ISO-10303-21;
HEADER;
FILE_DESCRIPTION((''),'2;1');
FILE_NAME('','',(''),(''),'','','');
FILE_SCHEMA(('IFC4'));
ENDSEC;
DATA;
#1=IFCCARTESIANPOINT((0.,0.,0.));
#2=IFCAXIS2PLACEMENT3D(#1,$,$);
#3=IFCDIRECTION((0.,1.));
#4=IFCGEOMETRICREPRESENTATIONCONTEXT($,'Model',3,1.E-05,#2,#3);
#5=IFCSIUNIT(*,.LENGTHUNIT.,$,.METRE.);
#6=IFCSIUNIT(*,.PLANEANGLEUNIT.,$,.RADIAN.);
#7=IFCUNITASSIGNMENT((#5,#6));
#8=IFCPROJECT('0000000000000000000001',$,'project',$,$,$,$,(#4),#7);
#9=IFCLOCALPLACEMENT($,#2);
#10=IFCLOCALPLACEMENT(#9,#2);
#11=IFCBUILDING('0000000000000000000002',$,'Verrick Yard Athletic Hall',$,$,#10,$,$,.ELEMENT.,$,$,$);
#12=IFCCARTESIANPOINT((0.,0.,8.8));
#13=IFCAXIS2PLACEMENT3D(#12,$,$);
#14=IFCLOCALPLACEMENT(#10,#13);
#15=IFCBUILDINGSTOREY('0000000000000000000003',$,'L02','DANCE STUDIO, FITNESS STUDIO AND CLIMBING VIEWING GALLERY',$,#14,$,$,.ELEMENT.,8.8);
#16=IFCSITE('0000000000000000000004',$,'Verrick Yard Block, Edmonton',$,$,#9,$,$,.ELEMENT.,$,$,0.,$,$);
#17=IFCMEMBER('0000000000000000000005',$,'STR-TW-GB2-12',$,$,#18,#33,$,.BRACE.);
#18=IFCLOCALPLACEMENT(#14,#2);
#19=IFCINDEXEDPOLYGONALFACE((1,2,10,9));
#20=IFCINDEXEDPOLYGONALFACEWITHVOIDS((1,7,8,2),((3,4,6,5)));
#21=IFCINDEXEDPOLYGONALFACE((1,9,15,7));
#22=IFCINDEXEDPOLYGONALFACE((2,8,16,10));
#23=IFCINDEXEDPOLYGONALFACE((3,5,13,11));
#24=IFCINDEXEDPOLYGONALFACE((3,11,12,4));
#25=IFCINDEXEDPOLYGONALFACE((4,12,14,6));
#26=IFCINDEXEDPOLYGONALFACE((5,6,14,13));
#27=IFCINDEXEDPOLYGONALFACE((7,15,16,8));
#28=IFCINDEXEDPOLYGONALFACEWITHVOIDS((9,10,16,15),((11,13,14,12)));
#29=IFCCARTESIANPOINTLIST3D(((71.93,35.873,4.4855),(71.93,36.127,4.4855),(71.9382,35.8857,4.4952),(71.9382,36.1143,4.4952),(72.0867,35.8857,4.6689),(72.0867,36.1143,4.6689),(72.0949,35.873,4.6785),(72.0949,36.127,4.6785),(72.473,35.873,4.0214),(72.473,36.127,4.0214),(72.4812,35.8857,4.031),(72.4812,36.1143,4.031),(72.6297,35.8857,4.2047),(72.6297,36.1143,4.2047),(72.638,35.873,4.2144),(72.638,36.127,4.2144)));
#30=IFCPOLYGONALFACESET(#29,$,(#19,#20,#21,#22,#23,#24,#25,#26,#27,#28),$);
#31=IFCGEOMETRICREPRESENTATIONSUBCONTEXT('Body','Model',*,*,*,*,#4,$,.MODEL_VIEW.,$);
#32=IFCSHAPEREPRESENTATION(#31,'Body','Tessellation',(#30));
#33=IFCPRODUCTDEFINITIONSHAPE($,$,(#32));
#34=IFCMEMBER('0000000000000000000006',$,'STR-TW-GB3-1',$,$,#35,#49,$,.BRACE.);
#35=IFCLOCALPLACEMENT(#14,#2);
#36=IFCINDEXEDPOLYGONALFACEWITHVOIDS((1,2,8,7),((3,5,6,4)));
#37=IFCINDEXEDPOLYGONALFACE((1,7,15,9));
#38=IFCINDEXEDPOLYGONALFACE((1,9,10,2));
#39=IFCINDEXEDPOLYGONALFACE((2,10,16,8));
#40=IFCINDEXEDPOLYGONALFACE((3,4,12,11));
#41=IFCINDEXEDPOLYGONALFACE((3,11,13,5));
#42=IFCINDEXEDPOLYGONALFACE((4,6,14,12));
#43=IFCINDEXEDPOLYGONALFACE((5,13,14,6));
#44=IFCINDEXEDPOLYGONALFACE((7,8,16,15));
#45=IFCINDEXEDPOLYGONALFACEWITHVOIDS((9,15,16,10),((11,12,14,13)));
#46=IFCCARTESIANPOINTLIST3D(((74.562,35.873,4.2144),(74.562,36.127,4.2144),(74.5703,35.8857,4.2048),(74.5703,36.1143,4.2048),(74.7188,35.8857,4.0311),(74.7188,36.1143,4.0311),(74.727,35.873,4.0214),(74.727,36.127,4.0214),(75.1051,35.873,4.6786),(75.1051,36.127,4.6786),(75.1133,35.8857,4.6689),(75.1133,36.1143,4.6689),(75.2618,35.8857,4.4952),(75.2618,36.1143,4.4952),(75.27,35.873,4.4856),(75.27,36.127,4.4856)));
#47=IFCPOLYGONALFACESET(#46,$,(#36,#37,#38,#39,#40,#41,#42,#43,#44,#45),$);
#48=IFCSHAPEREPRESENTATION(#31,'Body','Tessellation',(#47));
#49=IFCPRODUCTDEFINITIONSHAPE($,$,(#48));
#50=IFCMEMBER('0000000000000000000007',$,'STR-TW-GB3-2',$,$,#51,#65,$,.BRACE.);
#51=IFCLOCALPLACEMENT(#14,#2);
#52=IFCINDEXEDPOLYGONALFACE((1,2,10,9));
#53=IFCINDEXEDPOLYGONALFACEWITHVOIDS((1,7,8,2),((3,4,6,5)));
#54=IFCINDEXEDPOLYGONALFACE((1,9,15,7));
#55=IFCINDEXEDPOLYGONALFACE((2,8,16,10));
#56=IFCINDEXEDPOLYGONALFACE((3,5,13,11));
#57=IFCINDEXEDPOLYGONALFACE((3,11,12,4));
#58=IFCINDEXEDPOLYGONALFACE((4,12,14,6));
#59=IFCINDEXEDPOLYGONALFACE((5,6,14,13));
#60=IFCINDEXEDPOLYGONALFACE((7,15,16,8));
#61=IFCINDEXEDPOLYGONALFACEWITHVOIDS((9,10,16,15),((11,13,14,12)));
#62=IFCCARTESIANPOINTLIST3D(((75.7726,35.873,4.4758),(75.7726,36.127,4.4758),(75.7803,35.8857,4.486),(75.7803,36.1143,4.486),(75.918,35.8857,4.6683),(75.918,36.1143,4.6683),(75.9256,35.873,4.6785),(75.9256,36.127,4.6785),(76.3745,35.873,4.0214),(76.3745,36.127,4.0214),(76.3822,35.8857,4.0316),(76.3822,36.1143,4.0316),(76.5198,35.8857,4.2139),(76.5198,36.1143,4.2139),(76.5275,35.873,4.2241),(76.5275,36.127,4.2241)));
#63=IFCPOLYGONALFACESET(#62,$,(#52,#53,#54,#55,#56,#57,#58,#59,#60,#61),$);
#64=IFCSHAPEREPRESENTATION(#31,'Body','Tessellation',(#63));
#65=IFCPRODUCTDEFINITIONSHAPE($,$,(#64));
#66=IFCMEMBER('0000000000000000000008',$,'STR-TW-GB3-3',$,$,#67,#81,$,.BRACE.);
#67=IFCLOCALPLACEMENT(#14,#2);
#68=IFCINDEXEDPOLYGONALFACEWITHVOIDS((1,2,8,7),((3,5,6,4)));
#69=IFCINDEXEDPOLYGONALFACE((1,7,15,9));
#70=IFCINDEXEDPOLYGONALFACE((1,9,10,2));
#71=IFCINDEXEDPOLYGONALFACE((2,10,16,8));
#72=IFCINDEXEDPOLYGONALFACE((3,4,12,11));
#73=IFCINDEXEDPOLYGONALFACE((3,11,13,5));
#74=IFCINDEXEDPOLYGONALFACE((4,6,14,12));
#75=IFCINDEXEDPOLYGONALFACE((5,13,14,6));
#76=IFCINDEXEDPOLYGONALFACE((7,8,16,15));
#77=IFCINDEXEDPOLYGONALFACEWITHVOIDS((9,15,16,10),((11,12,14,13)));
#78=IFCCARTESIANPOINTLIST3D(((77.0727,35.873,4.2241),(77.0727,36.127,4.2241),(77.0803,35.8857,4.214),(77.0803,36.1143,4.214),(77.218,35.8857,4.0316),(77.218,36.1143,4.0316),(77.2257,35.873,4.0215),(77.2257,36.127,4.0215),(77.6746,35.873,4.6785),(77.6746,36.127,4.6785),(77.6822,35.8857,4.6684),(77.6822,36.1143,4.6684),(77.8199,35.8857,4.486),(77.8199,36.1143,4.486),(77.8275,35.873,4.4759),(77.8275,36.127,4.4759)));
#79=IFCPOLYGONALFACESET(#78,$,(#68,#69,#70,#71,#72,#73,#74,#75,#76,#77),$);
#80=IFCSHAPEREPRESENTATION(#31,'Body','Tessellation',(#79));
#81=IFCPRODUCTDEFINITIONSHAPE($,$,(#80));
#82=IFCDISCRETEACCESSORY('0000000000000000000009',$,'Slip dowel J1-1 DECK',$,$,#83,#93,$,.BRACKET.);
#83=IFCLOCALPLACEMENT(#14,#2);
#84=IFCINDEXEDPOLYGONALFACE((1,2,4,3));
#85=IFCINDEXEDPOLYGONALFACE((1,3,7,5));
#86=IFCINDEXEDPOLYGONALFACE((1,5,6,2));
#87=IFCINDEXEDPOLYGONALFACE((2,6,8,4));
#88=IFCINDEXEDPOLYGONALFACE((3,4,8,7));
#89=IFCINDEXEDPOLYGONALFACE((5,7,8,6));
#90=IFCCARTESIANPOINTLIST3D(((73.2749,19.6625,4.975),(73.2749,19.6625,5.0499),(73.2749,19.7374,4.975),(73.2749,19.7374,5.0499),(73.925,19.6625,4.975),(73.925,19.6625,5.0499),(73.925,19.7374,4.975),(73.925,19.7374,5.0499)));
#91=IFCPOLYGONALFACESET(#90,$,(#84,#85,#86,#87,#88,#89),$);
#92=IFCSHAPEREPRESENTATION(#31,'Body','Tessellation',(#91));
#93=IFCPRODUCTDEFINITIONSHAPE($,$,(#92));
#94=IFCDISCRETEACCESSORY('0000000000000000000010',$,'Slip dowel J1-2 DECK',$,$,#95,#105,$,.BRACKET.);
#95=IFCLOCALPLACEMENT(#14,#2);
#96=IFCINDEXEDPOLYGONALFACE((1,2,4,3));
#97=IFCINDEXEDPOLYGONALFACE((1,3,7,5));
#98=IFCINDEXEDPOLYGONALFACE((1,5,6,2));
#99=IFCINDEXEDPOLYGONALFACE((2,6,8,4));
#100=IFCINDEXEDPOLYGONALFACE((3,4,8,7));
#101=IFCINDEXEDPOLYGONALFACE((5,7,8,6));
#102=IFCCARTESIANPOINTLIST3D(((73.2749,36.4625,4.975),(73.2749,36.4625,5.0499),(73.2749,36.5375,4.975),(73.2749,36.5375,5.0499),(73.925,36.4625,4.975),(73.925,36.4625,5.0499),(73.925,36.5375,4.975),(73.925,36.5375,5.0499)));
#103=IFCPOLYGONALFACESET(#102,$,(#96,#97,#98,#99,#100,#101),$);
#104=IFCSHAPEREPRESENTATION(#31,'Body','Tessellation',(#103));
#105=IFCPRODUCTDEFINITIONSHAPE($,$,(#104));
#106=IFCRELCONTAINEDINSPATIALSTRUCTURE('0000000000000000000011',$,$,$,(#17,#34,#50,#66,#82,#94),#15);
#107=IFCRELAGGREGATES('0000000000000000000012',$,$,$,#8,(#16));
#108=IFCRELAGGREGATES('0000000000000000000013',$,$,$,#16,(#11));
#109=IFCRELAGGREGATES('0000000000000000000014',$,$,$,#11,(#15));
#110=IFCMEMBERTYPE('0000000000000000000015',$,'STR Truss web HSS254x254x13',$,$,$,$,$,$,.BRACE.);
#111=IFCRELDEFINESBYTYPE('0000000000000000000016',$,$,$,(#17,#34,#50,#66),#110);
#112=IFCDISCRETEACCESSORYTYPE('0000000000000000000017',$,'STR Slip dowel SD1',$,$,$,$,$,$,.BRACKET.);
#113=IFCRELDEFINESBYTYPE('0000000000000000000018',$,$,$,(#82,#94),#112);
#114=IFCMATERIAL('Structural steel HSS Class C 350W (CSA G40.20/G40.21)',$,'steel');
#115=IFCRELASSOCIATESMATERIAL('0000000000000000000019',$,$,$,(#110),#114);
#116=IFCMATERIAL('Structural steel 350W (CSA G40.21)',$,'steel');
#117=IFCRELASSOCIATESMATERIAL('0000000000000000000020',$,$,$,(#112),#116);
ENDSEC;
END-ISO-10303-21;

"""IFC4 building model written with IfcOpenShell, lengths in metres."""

from ifc_helpers import new_model, si_unit, direction, frame, origin, origin_2d, place, context, subcontext, project, spatial, rectangle, hollow_rectangle, extrude, material, material_profile, profile_set, type_object, element, save


model = new_model("IFC4")

# Units and contexts
model_context = context("Model", 3, precision=1e-05, world=origin(), true_north=direction((0.0, 1.0)))
body_context = subcontext(model_context, "Body", "Model", "MODEL_VIEW")
ifc_project = project(units=[si_unit("LENGTHUNIT", "METRE"), si_unit("PLANEANGLEUNIT", "RADIAN")], contexts=[model_context])

# Site, building, storey
site_placement = place(None, origin())
site = spatial("IfcSite", under=ifc_project, at=site_placement, Name="Verrick Yard Block, Edmonton", CompositionType="ELEMENT", RefElevation=0.0)
building_placement = place(site_placement, origin())
building = spatial("IfcBuilding", under=site, at=building_placement, Name="Verrick Yard Athletic Hall", CompositionType="ELEMENT")
storey_placement = place(building_placement, frame((0.0, 0.0, 8.8)))
storey = spatial("IfcBuildingStorey", under=building, at=storey_placement, Name="L02", Description="DANCE STUDIO, FITNESS STUDIO AND CLIMBING VIEWING GALLERY", CompositionType="ELEMENT", Elevation=8.8)

# Shared definitions
ifc_material_1 = material(Name="Structural steel 350W (CSA G40.21)", Category="steel")

# Members
ifc_material_2 = material(Name="Structural steel HSS Class C 350W (CSA G40.20/G40.21)", Category="steel")
ifc_material_profile_1 = material_profile(ifc_material_2, hollow_rectangle(XDim=0.2539, YDim=0.2539, WallThickness=0.0127, at=origin_2d()), Name="HSS254x254x13")
ifc_profile_set_1 = profile_set([ifc_material_profile_1], Name="Structural steel HSS Class C 350W (CSA G40.20/G40.21)")
member_type_1 = type_object("IfcMemberType", Name="STR Truss web HSS254x254x13", PredefinedType="BRACE", material=ifc_profile_set_1)
for number, where, z_axis, x_axis, name in (
    (1, (72.0125, 36.0, 4.582), (0.760149, 0.0, -0.649749), (0.0, 1.0, 0.0), "STR-TW-GB2-12"),
    (2, (74.6445, 36.0, 4.1179), (0.760149, 0.0, 0.649749), (0.0, 1.0, 0.0), "STR-TW-GB3-1"),
):
    element("IfcMember", number, at=place(storey_placement, frame(where, z_axis=z_axis, x_axis=x_axis)), inside=storey, type_object=member_type_1, Name=name, PredefinedType="BRACE", context=body_context, shape_type="SweptSolid", body=[
        extrude(hollow_rectangle(XDim=0.2539, YDim=0.2539, WallThickness=0.0127, at=origin_2d()), origin(), (0.0, 0.0, 1.0), 0.7144),
    ])
for number, where, z_axis, x_axis, name in (
    (3, (75.8491, 36.0, 4.5771), (0.798092, 0.0, -0.602535), (0.0, 1.0, 0.0), "STR-TW-GB3-2"),
    (4, (77.1492, 36.0, 4.1228), (0.798092, 0.0, 0.602535), (0.0, 1.0, 0.0), "STR-TW-GB3-3"),
):
    element("IfcMember", number, at=place(storey_placement, frame(where, z_axis=z_axis, x_axis=x_axis)), inside=storey, type_object=member_type_1, Name=name, PredefinedType="BRACE", context=body_context, shape_type="SweptSolid", body=[
        extrude(hollow_rectangle(XDim=0.2539, YDim=0.2539, WallThickness=0.0127, at=origin_2d()), origin(), (0.0, 0.0, 1.0), 0.7542),
    ])

# Discrete accessories
ifc_material_profile_2 = material_profile(ifc_material_1, rectangle(XDim=0.075, YDim=0.075, at=origin_2d()), Name="STR Slip dowel SD1")
ifc_profile_set_2 = profile_set([ifc_material_profile_2], Name="Structural steel 350W (CSA G40.21)")
discrete_accessory_type = type_object("IfcDiscreteAccessoryType", Name="STR Slip dowel SD1", PredefinedType="BRACKET", material=ifc_profile_set_2)
for number, where, z_axis, x_axis, name in (
    (5, (73.2749, 19.7, 5.0125), (1.0, 0.0, 0.0), (0.0, 1.0, 0.0), "Slip dowel J1-1 DECK"),
    (6, (73.2749, 36.5, 5.0125), (1.0, 0.0, 0.0), (0.0, 1.0, 0.0), "Slip dowel J1-2 DECK"),
):
    element("IfcDiscreteAccessory", number, at=place(storey_placement, frame(where, z_axis=z_axis, x_axis=x_axis)), inside=storey, type_object=discrete_accessory_type, Name=name, PredefinedType="BRACKET", context=body_context, shape_type="SweptSolid", body=[
        extrude(rectangle(XDim=0.075, YDim=0.075, at=origin_2d()), origin(), (0.0, 0.0, 1.0), 0.6501),
    ])

save(model, "model.ifc")
